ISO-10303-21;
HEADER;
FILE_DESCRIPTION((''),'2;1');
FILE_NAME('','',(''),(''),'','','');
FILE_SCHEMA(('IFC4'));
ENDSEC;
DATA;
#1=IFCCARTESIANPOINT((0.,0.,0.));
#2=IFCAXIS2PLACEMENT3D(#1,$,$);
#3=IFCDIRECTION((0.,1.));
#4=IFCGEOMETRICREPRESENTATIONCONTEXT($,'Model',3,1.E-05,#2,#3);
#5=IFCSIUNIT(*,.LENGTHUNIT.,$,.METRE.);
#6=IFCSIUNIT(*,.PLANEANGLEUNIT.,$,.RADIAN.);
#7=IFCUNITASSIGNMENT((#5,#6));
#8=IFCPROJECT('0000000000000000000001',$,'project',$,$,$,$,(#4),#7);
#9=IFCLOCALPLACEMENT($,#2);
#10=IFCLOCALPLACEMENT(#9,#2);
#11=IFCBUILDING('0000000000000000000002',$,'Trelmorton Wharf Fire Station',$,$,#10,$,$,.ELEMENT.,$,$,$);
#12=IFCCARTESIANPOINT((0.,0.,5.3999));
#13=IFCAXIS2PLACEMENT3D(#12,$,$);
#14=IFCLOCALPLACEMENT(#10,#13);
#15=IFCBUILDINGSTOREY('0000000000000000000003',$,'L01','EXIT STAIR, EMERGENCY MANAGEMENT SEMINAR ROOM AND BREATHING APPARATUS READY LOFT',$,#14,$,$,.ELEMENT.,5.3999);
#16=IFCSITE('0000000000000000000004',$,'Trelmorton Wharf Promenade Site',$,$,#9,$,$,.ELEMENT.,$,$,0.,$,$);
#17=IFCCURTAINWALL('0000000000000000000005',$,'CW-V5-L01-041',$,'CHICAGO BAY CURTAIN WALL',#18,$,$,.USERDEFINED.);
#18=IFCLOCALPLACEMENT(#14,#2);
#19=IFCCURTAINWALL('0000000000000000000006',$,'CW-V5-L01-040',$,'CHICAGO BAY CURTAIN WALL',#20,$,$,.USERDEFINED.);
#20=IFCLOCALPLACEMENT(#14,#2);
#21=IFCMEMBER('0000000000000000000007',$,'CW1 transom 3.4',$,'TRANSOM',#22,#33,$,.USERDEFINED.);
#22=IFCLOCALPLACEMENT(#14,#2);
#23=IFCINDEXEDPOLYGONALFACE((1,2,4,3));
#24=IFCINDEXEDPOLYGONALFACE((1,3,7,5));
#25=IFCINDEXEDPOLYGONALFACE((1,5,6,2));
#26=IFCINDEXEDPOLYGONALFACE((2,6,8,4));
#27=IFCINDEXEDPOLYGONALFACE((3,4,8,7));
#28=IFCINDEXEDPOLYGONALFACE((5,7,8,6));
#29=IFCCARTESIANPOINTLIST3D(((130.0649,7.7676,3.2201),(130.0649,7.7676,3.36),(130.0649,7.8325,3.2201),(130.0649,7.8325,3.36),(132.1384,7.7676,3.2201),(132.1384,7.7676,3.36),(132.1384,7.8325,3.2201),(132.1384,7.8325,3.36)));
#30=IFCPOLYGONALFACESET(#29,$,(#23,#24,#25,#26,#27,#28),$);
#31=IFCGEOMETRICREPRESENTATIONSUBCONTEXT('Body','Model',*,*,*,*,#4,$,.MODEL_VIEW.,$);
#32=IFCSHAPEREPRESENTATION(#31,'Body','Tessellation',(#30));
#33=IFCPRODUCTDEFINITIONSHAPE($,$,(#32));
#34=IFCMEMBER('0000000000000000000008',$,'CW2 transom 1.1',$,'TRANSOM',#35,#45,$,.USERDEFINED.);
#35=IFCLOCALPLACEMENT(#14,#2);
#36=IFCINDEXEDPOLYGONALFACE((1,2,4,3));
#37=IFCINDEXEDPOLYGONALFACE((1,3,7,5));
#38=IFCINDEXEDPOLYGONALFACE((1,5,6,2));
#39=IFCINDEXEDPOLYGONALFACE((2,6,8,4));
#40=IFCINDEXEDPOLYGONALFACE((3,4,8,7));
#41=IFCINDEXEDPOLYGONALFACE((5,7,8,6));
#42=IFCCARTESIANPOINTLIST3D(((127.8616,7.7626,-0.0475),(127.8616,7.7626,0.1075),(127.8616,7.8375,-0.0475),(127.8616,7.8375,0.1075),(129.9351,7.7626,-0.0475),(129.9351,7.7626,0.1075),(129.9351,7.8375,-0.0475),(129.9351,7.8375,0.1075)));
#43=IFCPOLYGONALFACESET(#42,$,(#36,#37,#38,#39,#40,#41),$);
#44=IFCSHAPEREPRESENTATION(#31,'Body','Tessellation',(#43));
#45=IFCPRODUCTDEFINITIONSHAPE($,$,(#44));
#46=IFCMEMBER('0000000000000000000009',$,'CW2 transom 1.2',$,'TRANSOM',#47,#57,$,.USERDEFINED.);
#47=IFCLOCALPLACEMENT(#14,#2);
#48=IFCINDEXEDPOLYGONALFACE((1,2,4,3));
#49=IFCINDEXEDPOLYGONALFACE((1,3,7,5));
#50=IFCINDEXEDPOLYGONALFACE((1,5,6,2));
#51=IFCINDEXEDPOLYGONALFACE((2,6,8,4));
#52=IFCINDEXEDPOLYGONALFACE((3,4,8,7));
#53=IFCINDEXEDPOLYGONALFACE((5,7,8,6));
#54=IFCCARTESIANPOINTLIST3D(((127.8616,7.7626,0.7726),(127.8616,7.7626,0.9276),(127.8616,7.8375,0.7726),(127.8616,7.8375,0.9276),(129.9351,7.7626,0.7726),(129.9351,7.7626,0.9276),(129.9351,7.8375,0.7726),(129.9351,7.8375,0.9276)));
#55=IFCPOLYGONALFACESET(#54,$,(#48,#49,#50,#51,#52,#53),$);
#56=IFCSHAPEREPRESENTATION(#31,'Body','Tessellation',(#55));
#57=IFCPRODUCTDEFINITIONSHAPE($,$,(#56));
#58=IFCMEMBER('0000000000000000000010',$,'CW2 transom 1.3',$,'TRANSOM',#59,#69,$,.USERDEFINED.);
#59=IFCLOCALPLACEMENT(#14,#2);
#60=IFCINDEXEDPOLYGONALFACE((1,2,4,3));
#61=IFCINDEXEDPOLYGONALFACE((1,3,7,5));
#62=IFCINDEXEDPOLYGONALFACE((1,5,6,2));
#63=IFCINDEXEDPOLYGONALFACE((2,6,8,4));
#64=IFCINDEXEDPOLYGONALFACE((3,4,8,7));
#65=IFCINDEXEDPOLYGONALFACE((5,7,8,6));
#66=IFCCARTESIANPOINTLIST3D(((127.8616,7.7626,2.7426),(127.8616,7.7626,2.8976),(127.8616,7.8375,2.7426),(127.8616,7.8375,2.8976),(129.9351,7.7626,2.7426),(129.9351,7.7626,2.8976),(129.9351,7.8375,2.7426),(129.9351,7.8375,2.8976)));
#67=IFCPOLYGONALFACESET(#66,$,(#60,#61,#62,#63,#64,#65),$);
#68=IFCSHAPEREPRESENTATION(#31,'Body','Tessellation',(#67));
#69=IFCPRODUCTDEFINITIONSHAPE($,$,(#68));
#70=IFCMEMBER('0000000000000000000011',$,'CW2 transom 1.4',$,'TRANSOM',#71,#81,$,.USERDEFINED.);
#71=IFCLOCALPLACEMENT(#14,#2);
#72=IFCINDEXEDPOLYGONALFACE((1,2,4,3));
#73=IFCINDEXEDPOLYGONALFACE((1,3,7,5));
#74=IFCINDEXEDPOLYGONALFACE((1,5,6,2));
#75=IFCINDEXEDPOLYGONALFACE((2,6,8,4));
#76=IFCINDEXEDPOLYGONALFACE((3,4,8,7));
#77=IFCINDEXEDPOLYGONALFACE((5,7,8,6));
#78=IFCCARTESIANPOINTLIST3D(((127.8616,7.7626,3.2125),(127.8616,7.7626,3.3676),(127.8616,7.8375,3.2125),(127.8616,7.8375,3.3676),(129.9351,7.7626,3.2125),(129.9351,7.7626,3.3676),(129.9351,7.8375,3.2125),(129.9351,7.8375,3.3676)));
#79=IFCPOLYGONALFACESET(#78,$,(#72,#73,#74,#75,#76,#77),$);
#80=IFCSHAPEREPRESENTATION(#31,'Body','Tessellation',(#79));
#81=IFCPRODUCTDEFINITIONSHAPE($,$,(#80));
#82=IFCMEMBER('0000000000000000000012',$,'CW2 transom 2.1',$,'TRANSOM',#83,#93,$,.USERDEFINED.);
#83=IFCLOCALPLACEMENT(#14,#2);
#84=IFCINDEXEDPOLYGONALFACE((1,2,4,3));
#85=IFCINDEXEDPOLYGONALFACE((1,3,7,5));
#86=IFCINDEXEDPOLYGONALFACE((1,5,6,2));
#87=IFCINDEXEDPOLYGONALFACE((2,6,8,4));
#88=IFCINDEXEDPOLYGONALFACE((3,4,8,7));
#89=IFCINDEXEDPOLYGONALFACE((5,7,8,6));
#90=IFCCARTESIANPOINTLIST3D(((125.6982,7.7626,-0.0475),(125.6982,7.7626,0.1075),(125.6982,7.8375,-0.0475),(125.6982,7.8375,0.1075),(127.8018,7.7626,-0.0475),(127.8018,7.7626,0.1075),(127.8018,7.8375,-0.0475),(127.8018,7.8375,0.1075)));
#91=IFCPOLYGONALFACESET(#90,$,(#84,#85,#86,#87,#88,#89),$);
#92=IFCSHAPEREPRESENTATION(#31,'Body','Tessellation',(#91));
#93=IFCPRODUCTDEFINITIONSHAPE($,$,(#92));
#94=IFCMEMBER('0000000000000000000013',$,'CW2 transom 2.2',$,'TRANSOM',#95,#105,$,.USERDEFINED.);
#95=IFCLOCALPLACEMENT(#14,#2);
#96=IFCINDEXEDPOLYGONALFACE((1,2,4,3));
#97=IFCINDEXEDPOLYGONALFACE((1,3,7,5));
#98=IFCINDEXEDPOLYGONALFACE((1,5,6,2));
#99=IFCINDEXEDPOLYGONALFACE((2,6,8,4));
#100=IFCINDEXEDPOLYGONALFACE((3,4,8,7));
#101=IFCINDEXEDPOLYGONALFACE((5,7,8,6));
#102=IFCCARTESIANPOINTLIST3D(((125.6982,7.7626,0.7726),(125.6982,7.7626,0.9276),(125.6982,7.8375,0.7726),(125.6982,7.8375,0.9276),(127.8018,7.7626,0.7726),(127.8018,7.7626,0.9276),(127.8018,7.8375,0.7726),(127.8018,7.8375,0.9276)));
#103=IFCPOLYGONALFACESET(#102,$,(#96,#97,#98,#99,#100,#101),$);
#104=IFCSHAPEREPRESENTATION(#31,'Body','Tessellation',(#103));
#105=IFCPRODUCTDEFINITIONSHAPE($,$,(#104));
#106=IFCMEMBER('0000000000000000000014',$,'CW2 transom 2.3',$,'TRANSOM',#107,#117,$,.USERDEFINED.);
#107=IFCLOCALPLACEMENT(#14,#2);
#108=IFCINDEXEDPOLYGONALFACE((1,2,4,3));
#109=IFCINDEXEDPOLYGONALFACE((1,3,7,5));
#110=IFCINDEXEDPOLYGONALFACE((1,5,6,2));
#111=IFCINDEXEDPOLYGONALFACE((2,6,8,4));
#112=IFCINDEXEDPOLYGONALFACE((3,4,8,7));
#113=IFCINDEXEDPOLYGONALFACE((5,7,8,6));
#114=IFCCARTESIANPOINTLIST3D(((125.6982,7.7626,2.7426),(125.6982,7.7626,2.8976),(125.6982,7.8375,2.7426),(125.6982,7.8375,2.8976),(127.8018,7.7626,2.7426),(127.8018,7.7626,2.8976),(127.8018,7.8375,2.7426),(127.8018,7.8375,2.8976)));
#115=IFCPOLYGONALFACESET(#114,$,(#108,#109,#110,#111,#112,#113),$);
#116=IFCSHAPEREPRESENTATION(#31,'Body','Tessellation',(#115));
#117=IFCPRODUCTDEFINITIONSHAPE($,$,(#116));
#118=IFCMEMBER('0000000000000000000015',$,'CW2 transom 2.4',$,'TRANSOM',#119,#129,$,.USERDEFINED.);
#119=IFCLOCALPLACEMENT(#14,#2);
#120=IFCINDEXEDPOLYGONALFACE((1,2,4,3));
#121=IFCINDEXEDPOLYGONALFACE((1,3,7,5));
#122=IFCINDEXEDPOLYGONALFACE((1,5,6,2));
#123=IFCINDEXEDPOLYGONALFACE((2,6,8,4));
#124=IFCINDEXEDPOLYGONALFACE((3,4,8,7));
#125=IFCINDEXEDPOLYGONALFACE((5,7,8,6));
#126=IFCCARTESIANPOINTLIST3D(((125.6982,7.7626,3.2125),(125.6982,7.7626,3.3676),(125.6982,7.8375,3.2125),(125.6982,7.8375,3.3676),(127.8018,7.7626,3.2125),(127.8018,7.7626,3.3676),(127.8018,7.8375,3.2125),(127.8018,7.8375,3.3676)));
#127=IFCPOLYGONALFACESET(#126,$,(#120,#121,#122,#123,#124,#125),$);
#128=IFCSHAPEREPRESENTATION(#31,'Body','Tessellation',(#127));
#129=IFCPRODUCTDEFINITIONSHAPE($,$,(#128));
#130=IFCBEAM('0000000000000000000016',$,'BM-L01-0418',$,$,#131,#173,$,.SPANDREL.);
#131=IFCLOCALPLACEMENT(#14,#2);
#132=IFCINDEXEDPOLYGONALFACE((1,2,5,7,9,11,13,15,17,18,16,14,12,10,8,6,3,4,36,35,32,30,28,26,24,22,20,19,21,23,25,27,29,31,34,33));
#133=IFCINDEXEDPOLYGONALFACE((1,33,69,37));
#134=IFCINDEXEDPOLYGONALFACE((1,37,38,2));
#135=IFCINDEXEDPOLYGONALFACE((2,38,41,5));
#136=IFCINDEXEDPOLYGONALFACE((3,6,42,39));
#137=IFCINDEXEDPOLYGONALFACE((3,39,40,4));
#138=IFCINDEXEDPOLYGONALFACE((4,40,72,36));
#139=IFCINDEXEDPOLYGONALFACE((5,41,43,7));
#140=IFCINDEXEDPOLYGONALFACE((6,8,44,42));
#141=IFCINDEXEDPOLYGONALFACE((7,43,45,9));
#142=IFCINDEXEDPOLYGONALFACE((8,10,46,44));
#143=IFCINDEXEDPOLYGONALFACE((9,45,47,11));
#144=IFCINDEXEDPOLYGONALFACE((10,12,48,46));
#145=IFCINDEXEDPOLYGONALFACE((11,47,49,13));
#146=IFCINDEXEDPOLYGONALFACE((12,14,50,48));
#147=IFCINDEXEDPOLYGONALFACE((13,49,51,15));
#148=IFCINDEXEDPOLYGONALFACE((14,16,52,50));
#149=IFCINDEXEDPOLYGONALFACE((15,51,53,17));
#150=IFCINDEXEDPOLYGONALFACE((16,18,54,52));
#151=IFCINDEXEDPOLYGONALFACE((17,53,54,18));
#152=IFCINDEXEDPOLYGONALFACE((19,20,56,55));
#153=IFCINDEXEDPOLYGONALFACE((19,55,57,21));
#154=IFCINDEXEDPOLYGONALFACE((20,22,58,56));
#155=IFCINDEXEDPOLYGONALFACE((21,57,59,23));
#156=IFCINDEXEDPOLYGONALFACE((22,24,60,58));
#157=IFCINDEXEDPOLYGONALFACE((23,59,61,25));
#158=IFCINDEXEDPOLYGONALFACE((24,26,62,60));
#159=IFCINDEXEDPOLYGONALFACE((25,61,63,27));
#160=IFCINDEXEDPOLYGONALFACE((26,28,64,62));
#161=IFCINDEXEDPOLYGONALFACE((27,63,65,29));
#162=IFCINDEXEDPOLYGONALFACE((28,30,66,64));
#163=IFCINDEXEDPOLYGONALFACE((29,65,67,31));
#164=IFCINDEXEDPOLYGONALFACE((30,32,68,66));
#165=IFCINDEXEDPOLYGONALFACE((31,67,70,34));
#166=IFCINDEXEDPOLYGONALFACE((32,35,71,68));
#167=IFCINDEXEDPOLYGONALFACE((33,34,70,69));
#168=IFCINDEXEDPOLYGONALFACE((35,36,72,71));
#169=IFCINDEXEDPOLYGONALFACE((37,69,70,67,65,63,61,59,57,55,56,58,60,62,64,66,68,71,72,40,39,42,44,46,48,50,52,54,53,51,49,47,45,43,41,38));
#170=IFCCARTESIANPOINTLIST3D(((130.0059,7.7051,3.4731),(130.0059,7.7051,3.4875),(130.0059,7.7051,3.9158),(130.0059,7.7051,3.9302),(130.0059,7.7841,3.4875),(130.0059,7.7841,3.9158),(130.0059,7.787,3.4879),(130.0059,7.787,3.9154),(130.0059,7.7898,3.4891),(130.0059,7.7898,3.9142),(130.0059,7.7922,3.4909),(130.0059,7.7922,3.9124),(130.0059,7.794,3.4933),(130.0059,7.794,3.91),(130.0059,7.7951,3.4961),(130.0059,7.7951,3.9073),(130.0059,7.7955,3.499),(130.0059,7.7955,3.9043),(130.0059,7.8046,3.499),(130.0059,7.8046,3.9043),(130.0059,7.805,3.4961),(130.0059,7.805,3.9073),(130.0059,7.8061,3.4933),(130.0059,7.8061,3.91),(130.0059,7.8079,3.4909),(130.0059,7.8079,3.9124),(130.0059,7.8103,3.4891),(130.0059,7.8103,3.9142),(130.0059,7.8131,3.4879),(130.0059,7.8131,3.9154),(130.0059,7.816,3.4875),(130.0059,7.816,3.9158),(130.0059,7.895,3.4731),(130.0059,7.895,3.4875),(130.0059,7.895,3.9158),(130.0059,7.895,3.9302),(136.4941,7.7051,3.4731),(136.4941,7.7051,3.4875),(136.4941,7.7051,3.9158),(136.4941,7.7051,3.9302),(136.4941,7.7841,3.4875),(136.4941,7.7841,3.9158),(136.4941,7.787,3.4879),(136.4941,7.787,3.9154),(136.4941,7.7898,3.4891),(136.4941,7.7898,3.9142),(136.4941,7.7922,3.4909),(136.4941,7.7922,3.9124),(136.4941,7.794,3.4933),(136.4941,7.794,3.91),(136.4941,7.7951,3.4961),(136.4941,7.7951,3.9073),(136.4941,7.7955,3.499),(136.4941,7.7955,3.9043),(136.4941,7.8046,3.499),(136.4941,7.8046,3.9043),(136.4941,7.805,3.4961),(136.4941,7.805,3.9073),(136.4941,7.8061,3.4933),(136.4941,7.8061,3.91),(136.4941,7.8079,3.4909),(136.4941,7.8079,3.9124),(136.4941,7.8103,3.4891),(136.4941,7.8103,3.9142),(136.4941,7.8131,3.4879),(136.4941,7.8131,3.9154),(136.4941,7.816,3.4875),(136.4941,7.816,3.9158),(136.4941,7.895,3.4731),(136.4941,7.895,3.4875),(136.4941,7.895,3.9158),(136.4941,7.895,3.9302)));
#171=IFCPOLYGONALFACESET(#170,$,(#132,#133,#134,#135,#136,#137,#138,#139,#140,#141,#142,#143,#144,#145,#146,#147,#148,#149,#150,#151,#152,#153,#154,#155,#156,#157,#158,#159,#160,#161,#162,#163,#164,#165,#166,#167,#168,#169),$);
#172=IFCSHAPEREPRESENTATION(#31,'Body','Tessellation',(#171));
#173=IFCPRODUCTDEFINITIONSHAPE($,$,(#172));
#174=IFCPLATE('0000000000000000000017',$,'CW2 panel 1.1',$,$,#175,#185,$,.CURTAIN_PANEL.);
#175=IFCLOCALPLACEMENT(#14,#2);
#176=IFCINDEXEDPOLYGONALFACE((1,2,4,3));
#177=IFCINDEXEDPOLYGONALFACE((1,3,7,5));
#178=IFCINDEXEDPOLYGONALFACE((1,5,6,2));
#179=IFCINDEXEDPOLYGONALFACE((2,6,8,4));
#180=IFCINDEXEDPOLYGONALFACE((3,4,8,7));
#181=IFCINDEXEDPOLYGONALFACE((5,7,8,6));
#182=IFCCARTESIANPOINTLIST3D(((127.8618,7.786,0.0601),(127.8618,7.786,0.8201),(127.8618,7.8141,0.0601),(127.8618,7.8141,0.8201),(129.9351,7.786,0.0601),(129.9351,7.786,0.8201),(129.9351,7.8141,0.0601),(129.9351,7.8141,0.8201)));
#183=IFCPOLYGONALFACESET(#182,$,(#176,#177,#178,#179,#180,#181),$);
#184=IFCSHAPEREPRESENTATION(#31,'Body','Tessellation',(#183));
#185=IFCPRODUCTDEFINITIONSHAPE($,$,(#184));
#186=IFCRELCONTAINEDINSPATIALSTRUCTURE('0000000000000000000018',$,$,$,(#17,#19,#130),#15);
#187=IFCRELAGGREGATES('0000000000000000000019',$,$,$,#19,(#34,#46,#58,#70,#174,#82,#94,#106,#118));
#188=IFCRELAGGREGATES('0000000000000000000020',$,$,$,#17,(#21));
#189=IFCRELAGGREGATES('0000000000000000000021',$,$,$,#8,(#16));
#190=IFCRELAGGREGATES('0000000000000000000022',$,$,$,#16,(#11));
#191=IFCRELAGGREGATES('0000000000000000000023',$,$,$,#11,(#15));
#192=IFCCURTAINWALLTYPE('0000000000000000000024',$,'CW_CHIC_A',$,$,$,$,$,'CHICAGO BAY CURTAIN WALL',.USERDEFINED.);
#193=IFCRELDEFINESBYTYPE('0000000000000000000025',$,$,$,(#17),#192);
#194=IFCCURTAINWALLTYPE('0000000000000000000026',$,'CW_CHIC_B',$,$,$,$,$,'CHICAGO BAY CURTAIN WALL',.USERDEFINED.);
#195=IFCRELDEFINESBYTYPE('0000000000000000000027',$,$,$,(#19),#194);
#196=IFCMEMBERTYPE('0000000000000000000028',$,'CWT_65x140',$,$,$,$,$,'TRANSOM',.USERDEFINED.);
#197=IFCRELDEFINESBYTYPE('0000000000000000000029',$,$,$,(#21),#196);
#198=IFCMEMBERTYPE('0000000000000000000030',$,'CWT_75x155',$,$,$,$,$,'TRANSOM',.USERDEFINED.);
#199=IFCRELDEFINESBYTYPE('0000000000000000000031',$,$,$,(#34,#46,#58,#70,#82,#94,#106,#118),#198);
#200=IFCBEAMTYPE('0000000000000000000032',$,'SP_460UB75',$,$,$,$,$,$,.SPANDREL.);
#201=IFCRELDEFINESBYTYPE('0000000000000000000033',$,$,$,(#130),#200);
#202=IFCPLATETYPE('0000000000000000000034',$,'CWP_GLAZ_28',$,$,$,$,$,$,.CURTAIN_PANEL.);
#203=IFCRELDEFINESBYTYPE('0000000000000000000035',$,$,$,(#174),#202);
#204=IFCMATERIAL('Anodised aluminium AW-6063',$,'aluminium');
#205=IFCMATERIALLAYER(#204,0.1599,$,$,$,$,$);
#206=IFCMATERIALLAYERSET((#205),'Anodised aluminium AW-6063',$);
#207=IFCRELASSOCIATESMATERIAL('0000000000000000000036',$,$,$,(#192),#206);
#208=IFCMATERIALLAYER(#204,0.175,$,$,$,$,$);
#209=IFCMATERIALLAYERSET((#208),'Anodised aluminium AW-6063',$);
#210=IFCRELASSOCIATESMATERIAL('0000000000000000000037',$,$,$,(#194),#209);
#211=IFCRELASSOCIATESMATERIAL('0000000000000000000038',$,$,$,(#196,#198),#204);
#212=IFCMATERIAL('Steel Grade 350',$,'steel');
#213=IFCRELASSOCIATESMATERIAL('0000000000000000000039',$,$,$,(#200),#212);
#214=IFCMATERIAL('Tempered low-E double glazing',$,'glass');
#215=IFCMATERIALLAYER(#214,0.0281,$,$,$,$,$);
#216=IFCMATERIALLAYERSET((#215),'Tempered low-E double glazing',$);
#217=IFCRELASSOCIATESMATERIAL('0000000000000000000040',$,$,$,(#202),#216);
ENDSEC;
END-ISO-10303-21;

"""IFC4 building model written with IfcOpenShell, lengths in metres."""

from ifc_helpers import new_model, si_unit, direction, frame, origin, origin_2d, place, context, subcontext, project, spatial, rectangle, i_section, extrude, material, layer, layer_set, material_profile, profile_set, type_object, element, aggregate, save


model = new_model("IFC4")

# Units and contexts
model_context = context("Model", 3, precision=1e-05, world=origin(), true_north=direction((0.0, 1.0)))
body_context = subcontext(model_context, "Body", "Model", "MODEL_VIEW")
ifc_project = project(units=[si_unit("LENGTHUNIT", "METRE"), si_unit("PLANEANGLEUNIT", "RADIAN")], contexts=[model_context])

# Site, building, storey
site_placement = place(None, origin())
site = spatial("IfcSite", under=ifc_project, at=site_placement, Name="Trelmorton Wharf Promenade Site", CompositionType="ELEMENT", RefElevation=0.0)
building_placement = place(site_placement, origin())
building = spatial("IfcBuilding", under=site, at=building_placement, Name="Trelmorton Wharf Fire Station", CompositionType="ELEMENT")
storey_placement = place(building_placement, frame((0.0, 0.0, 5.3999)))
storey = spatial("IfcBuildingStorey", under=building, at=storey_placement, Name="L01", Description="EXIT STAIR, EMERGENCY MANAGEMENT SEMINAR ROOM AND BREATHING APPARATUS READY LOFT", CompositionType="ELEMENT", Elevation=5.3999)

# Shared definitions
ifc_material_1 = material(Name="Steel Grade 350", Category="steel")

# Curtain walls
ifc_material_2 = material(Name="Anodised aluminium AW-6063", Category="aluminium")
ifc_layer_1 = layer(ifc_material_2, 0.1599)
ifc_layer_set_1 = layer_set([ifc_layer_1], Name="Anodised aluminium AW-6063")
curtain_wall_type_1 = type_object("IfcCurtainWallType", Name="CW_CHIC_A", ElementType="CHICAGO BAY CURTAIN WALL", PredefinedType="USERDEFINED", material=ifc_layer_set_1)
curtain_wall_1_placement = place(storey_placement, origin())
curtain_wall_1 = element("IfcCurtainWall", 1, at=curtain_wall_1_placement, inside=storey, type_object=curtain_wall_type_1, Name="CW-V5-L01-041", ObjectType="CHICAGO BAY CURTAIN WALL", PredefinedType="USERDEFINED")
ifc_layer_2 = layer(ifc_material_2, 0.175)
ifc_layer_set_2 = layer_set([ifc_layer_2], Name="Anodised aluminium AW-6063")
curtain_wall_type_2 = type_object("IfcCurtainWallType", Name="CW_CHIC_B", ElementType="CHICAGO BAY CURTAIN WALL", PredefinedType="USERDEFINED", material=ifc_layer_set_2)
curtain_wall_2_placement = place(storey_placement, origin())
curtain_wall_2 = element("IfcCurtainWall", 2, at=curtain_wall_2_placement, inside=storey, type_object=curtain_wall_type_2, Name="CW-V5-L01-040", ObjectType="CHICAGO BAY CURTAIN WALL", PredefinedType="USERDEFINED")

# Members
ifc_material_profile_1 = material_profile(ifc_material_2, rectangle(XDim=0.0649, YDim=0.1399, at=origin_2d()), Name="ALU-65x140")
ifc_profile_set_1 = profile_set([ifc_material_profile_1], Name="Anodised aluminium AW-6063")
member_type_1 = type_object("IfcMemberType", Name="CWT_65x140", ElementType="TRANSOM", PredefinedType="USERDEFINED", material=ifc_profile_set_1)
member_1_placement = place(storey_placement, frame((132.1384, 7.8, 3.29), z_axis=(-1.0, 0.0, 0.0), x_axis=(0.0, -1.0, 0.0)))
member_1 = element("IfcMember", 3, at=member_1_placement, type_object=member_type_1, Name="CW1 transom 3.4", ObjectType="TRANSOM", PredefinedType="USERDEFINED", context=body_context, shape_type="SweptSolid", body=[
    extrude(rectangle(XDim=0.0649, YDim=0.1399, at=origin_2d()), origin(), (0.0, 0.0, 1.0), 2.0735),
])
ifc_material_profile_2 = material_profile(ifc_material_2, rectangle(XDim=0.075, YDim=0.155, at=origin_2d()), Name="ALU-75x155")
ifc_profile_set_2 = profile_set([ifc_material_profile_2], Name="Anodised aluminium AW-6063")
member_type_2 = type_object("IfcMemberType", Name="CWT_75x155", ElementType="TRANSOM", PredefinedType="USERDEFINED", material=ifc_profile_set_2)
member_2_placement = place(storey_placement, frame((129.9351, 7.8, 0.03), z_axis=(-1.0, 0.0, 0.0), x_axis=(0.0, -1.0, 0.0)))
member_2 = element("IfcMember", 4, at=member_2_placement, type_object=member_type_2, Name="CW2 transom 1.1", ObjectType="TRANSOM", PredefinedType="USERDEFINED", context=body_context, shape_type="SweptSolid", body=[
    extrude(rectangle(XDim=0.075, YDim=0.155, at=origin_2d()), origin(), (0.0, 0.0, 1.0), 2.0735),
])
member_3_placement = place(storey_placement, frame((129.9351, 7.8, 0.8501), z_axis=(-1.0, 0.0, 0.0), x_axis=(0.0, -1.0, 0.0)))
member_3 = element("IfcMember", 5, at=member_3_placement, type_object=member_type_2, Name="CW2 transom 1.2", ObjectType="TRANSOM", PredefinedType="USERDEFINED", context=body_context, shape_type="SweptSolid", body=[
    extrude(rectangle(XDim=0.075, YDim=0.155, at=origin_2d()), origin(), (0.0, 0.0, 1.0), 2.0735),
])
member_4_placement = place(storey_placement, frame((129.9351, 7.8, 2.8201), z_axis=(-1.0, 0.0, 0.0), x_axis=(0.0, -1.0, 0.0)))
member_4 = element("IfcMember", 6, at=member_4_placement, type_object=member_type_2, Name="CW2 transom 1.3", ObjectType="TRANSOM", PredefinedType="USERDEFINED", context=body_context, shape_type="SweptSolid", body=[
    extrude(rectangle(XDim=0.075, YDim=0.155, at=origin_2d()), origin(), (0.0, 0.0, 1.0), 2.0735),
])
member_5_placement = place(storey_placement, frame((129.9351, 7.8, 3.29), z_axis=(-1.0, 0.0, 0.0), x_axis=(0.0, -1.0, 0.0)))
member_5 = element("IfcMember", 7, at=member_5_placement, type_object=member_type_2, Name="CW2 transom 1.4", ObjectType="TRANSOM", PredefinedType="USERDEFINED", context=body_context, shape_type="SweptSolid", body=[
    extrude(rectangle(XDim=0.075, YDim=0.155, at=origin_2d()), origin(), (0.0, 0.0, 1.0), 2.0735),
])
member_6_placement = place(storey_placement, frame((127.8018, 7.8, 0.03), z_axis=(-1.0, 0.0, 0.0), x_axis=(0.0, -1.0, 0.0)))
member_6 = element("IfcMember", 8, at=member_6_placement, type_object=member_type_2, Name="CW2 transom 2.1", ObjectType="TRANSOM", PredefinedType="USERDEFINED", context=body_context, shape_type="SweptSolid", body=[
    extrude(rectangle(XDim=0.075, YDim=0.155, at=origin_2d()), origin(), (0.0, 0.0, 1.0), 2.1035),
])
member_7_placement = place(storey_placement, frame((127.8018, 7.8, 0.8501), z_axis=(-1.0, 0.0, 0.0), x_axis=(0.0, -1.0, 0.0)))
member_7 = element("IfcMember", 9, at=member_7_placement, type_object=member_type_2, Name="CW2 transom 2.2", ObjectType="TRANSOM", PredefinedType="USERDEFINED", context=body_context, shape_type="SweptSolid", body=[
    extrude(rectangle(XDim=0.075, YDim=0.155, at=origin_2d()), origin(), (0.0, 0.0, 1.0), 2.1035),
])
member_8_placement = place(storey_placement, frame((127.8018, 7.8, 2.8201), z_axis=(-1.0, 0.0, 0.0), x_axis=(0.0, -1.0, 0.0)))
member_8 = element("IfcMember", 10, at=member_8_placement, type_object=member_type_2, Name="CW2 transom 2.3", ObjectType="TRANSOM", PredefinedType="USERDEFINED", context=body_context, shape_type="SweptSolid", body=[
    extrude(rectangle(XDim=0.075, YDim=0.155, at=origin_2d()), origin(), (0.0, 0.0, 1.0), 2.1035),
])
member_9_placement = place(storey_placement, frame((127.8018, 7.8, 3.29), z_axis=(-1.0, 0.0, 0.0), x_axis=(0.0, -1.0, 0.0)))
member_9 = element("IfcMember", 11, at=member_9_placement, type_object=member_type_2, Name="CW2 transom 2.4", ObjectType="TRANSOM", PredefinedType="USERDEFINED", context=body_context, shape_type="SweptSolid", body=[
    extrude(rectangle(XDim=0.075, YDim=0.155, at=origin_2d()), origin(), (0.0, 0.0, 1.0), 2.1035),
])

# Beam
ifc_material_profile_3 = material_profile(ifc_material_1, i_section(OverallWidth=0.1899, OverallDepth=0.457, WebThickness=0.009, FlangeThickness=0.0144, FilletRadius=0.0115, at=origin_2d()), Name="460UB74.6")
ifc_profile_set_3 = profile_set([ifc_material_profile_3], Name="Steel Grade 350")
beam_type = type_object("IfcBeamType", Name="SP_460UB75", PredefinedType="SPANDREL", material=ifc_profile_set_3)
beam_placement = place(storey_placement, frame((130.0059, 7.8, 3.7017), z_axis=(1.0, 0.0, 0.0), x_axis=(0.0, 1.0, 0.0)))
element("IfcBeam", 12, at=beam_placement, inside=storey, type_object=beam_type, Name="BM-L01-0418", PredefinedType="SPANDREL", context=body_context, shape_type="SweptSolid", body=[
    extrude(i_section(OverallWidth=0.1899, OverallDepth=0.457, WebThickness=0.009, FlangeThickness=0.0144, FilletRadius=0.0115, at=origin_2d()), origin(), (0.0, 0.0, 1.0), 6.4883),
])

# Plate
ifc_material_3 = material(Name="Tempered low-E double glazing", Category="glass")
ifc_layer_3 = layer(ifc_material_3, 0.0281)
ifc_layer_set_3 = layer_set([ifc_layer_3], Name="Tempered low-E double glazing")
plate_type = type_object("IfcPlateType", Name="CWP_GLAZ_28", PredefinedType="CURTAIN_PANEL", material=ifc_layer_set_3)
plate_1_placement = place(storey_placement, frame((128.8984, 7.8, 0.0601), z_axis=(0.0, 0.0, 1.0), x_axis=(-1.0, 0.0, 0.0)))
plate_1 = element("IfcPlate", 13, at=plate_1_placement, type_object=plate_type, Name="CW2 panel 1.1", PredefinedType="CURTAIN_PANEL", context=body_context, shape_type="SweptSolid", body=[
    extrude(rectangle(XDim=2.0732, YDim=0.0281, at=origin_2d()), origin(), (0.0, 0.0, 1.0), 0.76),
])
aggregate(curtain_wall_2, [member_2, member_3, member_4, member_5, plate_1, member_6, member_7, member_8, member_9])
aggregate(curtain_wall_1, [member_1])

save(model, "model.ifc")
